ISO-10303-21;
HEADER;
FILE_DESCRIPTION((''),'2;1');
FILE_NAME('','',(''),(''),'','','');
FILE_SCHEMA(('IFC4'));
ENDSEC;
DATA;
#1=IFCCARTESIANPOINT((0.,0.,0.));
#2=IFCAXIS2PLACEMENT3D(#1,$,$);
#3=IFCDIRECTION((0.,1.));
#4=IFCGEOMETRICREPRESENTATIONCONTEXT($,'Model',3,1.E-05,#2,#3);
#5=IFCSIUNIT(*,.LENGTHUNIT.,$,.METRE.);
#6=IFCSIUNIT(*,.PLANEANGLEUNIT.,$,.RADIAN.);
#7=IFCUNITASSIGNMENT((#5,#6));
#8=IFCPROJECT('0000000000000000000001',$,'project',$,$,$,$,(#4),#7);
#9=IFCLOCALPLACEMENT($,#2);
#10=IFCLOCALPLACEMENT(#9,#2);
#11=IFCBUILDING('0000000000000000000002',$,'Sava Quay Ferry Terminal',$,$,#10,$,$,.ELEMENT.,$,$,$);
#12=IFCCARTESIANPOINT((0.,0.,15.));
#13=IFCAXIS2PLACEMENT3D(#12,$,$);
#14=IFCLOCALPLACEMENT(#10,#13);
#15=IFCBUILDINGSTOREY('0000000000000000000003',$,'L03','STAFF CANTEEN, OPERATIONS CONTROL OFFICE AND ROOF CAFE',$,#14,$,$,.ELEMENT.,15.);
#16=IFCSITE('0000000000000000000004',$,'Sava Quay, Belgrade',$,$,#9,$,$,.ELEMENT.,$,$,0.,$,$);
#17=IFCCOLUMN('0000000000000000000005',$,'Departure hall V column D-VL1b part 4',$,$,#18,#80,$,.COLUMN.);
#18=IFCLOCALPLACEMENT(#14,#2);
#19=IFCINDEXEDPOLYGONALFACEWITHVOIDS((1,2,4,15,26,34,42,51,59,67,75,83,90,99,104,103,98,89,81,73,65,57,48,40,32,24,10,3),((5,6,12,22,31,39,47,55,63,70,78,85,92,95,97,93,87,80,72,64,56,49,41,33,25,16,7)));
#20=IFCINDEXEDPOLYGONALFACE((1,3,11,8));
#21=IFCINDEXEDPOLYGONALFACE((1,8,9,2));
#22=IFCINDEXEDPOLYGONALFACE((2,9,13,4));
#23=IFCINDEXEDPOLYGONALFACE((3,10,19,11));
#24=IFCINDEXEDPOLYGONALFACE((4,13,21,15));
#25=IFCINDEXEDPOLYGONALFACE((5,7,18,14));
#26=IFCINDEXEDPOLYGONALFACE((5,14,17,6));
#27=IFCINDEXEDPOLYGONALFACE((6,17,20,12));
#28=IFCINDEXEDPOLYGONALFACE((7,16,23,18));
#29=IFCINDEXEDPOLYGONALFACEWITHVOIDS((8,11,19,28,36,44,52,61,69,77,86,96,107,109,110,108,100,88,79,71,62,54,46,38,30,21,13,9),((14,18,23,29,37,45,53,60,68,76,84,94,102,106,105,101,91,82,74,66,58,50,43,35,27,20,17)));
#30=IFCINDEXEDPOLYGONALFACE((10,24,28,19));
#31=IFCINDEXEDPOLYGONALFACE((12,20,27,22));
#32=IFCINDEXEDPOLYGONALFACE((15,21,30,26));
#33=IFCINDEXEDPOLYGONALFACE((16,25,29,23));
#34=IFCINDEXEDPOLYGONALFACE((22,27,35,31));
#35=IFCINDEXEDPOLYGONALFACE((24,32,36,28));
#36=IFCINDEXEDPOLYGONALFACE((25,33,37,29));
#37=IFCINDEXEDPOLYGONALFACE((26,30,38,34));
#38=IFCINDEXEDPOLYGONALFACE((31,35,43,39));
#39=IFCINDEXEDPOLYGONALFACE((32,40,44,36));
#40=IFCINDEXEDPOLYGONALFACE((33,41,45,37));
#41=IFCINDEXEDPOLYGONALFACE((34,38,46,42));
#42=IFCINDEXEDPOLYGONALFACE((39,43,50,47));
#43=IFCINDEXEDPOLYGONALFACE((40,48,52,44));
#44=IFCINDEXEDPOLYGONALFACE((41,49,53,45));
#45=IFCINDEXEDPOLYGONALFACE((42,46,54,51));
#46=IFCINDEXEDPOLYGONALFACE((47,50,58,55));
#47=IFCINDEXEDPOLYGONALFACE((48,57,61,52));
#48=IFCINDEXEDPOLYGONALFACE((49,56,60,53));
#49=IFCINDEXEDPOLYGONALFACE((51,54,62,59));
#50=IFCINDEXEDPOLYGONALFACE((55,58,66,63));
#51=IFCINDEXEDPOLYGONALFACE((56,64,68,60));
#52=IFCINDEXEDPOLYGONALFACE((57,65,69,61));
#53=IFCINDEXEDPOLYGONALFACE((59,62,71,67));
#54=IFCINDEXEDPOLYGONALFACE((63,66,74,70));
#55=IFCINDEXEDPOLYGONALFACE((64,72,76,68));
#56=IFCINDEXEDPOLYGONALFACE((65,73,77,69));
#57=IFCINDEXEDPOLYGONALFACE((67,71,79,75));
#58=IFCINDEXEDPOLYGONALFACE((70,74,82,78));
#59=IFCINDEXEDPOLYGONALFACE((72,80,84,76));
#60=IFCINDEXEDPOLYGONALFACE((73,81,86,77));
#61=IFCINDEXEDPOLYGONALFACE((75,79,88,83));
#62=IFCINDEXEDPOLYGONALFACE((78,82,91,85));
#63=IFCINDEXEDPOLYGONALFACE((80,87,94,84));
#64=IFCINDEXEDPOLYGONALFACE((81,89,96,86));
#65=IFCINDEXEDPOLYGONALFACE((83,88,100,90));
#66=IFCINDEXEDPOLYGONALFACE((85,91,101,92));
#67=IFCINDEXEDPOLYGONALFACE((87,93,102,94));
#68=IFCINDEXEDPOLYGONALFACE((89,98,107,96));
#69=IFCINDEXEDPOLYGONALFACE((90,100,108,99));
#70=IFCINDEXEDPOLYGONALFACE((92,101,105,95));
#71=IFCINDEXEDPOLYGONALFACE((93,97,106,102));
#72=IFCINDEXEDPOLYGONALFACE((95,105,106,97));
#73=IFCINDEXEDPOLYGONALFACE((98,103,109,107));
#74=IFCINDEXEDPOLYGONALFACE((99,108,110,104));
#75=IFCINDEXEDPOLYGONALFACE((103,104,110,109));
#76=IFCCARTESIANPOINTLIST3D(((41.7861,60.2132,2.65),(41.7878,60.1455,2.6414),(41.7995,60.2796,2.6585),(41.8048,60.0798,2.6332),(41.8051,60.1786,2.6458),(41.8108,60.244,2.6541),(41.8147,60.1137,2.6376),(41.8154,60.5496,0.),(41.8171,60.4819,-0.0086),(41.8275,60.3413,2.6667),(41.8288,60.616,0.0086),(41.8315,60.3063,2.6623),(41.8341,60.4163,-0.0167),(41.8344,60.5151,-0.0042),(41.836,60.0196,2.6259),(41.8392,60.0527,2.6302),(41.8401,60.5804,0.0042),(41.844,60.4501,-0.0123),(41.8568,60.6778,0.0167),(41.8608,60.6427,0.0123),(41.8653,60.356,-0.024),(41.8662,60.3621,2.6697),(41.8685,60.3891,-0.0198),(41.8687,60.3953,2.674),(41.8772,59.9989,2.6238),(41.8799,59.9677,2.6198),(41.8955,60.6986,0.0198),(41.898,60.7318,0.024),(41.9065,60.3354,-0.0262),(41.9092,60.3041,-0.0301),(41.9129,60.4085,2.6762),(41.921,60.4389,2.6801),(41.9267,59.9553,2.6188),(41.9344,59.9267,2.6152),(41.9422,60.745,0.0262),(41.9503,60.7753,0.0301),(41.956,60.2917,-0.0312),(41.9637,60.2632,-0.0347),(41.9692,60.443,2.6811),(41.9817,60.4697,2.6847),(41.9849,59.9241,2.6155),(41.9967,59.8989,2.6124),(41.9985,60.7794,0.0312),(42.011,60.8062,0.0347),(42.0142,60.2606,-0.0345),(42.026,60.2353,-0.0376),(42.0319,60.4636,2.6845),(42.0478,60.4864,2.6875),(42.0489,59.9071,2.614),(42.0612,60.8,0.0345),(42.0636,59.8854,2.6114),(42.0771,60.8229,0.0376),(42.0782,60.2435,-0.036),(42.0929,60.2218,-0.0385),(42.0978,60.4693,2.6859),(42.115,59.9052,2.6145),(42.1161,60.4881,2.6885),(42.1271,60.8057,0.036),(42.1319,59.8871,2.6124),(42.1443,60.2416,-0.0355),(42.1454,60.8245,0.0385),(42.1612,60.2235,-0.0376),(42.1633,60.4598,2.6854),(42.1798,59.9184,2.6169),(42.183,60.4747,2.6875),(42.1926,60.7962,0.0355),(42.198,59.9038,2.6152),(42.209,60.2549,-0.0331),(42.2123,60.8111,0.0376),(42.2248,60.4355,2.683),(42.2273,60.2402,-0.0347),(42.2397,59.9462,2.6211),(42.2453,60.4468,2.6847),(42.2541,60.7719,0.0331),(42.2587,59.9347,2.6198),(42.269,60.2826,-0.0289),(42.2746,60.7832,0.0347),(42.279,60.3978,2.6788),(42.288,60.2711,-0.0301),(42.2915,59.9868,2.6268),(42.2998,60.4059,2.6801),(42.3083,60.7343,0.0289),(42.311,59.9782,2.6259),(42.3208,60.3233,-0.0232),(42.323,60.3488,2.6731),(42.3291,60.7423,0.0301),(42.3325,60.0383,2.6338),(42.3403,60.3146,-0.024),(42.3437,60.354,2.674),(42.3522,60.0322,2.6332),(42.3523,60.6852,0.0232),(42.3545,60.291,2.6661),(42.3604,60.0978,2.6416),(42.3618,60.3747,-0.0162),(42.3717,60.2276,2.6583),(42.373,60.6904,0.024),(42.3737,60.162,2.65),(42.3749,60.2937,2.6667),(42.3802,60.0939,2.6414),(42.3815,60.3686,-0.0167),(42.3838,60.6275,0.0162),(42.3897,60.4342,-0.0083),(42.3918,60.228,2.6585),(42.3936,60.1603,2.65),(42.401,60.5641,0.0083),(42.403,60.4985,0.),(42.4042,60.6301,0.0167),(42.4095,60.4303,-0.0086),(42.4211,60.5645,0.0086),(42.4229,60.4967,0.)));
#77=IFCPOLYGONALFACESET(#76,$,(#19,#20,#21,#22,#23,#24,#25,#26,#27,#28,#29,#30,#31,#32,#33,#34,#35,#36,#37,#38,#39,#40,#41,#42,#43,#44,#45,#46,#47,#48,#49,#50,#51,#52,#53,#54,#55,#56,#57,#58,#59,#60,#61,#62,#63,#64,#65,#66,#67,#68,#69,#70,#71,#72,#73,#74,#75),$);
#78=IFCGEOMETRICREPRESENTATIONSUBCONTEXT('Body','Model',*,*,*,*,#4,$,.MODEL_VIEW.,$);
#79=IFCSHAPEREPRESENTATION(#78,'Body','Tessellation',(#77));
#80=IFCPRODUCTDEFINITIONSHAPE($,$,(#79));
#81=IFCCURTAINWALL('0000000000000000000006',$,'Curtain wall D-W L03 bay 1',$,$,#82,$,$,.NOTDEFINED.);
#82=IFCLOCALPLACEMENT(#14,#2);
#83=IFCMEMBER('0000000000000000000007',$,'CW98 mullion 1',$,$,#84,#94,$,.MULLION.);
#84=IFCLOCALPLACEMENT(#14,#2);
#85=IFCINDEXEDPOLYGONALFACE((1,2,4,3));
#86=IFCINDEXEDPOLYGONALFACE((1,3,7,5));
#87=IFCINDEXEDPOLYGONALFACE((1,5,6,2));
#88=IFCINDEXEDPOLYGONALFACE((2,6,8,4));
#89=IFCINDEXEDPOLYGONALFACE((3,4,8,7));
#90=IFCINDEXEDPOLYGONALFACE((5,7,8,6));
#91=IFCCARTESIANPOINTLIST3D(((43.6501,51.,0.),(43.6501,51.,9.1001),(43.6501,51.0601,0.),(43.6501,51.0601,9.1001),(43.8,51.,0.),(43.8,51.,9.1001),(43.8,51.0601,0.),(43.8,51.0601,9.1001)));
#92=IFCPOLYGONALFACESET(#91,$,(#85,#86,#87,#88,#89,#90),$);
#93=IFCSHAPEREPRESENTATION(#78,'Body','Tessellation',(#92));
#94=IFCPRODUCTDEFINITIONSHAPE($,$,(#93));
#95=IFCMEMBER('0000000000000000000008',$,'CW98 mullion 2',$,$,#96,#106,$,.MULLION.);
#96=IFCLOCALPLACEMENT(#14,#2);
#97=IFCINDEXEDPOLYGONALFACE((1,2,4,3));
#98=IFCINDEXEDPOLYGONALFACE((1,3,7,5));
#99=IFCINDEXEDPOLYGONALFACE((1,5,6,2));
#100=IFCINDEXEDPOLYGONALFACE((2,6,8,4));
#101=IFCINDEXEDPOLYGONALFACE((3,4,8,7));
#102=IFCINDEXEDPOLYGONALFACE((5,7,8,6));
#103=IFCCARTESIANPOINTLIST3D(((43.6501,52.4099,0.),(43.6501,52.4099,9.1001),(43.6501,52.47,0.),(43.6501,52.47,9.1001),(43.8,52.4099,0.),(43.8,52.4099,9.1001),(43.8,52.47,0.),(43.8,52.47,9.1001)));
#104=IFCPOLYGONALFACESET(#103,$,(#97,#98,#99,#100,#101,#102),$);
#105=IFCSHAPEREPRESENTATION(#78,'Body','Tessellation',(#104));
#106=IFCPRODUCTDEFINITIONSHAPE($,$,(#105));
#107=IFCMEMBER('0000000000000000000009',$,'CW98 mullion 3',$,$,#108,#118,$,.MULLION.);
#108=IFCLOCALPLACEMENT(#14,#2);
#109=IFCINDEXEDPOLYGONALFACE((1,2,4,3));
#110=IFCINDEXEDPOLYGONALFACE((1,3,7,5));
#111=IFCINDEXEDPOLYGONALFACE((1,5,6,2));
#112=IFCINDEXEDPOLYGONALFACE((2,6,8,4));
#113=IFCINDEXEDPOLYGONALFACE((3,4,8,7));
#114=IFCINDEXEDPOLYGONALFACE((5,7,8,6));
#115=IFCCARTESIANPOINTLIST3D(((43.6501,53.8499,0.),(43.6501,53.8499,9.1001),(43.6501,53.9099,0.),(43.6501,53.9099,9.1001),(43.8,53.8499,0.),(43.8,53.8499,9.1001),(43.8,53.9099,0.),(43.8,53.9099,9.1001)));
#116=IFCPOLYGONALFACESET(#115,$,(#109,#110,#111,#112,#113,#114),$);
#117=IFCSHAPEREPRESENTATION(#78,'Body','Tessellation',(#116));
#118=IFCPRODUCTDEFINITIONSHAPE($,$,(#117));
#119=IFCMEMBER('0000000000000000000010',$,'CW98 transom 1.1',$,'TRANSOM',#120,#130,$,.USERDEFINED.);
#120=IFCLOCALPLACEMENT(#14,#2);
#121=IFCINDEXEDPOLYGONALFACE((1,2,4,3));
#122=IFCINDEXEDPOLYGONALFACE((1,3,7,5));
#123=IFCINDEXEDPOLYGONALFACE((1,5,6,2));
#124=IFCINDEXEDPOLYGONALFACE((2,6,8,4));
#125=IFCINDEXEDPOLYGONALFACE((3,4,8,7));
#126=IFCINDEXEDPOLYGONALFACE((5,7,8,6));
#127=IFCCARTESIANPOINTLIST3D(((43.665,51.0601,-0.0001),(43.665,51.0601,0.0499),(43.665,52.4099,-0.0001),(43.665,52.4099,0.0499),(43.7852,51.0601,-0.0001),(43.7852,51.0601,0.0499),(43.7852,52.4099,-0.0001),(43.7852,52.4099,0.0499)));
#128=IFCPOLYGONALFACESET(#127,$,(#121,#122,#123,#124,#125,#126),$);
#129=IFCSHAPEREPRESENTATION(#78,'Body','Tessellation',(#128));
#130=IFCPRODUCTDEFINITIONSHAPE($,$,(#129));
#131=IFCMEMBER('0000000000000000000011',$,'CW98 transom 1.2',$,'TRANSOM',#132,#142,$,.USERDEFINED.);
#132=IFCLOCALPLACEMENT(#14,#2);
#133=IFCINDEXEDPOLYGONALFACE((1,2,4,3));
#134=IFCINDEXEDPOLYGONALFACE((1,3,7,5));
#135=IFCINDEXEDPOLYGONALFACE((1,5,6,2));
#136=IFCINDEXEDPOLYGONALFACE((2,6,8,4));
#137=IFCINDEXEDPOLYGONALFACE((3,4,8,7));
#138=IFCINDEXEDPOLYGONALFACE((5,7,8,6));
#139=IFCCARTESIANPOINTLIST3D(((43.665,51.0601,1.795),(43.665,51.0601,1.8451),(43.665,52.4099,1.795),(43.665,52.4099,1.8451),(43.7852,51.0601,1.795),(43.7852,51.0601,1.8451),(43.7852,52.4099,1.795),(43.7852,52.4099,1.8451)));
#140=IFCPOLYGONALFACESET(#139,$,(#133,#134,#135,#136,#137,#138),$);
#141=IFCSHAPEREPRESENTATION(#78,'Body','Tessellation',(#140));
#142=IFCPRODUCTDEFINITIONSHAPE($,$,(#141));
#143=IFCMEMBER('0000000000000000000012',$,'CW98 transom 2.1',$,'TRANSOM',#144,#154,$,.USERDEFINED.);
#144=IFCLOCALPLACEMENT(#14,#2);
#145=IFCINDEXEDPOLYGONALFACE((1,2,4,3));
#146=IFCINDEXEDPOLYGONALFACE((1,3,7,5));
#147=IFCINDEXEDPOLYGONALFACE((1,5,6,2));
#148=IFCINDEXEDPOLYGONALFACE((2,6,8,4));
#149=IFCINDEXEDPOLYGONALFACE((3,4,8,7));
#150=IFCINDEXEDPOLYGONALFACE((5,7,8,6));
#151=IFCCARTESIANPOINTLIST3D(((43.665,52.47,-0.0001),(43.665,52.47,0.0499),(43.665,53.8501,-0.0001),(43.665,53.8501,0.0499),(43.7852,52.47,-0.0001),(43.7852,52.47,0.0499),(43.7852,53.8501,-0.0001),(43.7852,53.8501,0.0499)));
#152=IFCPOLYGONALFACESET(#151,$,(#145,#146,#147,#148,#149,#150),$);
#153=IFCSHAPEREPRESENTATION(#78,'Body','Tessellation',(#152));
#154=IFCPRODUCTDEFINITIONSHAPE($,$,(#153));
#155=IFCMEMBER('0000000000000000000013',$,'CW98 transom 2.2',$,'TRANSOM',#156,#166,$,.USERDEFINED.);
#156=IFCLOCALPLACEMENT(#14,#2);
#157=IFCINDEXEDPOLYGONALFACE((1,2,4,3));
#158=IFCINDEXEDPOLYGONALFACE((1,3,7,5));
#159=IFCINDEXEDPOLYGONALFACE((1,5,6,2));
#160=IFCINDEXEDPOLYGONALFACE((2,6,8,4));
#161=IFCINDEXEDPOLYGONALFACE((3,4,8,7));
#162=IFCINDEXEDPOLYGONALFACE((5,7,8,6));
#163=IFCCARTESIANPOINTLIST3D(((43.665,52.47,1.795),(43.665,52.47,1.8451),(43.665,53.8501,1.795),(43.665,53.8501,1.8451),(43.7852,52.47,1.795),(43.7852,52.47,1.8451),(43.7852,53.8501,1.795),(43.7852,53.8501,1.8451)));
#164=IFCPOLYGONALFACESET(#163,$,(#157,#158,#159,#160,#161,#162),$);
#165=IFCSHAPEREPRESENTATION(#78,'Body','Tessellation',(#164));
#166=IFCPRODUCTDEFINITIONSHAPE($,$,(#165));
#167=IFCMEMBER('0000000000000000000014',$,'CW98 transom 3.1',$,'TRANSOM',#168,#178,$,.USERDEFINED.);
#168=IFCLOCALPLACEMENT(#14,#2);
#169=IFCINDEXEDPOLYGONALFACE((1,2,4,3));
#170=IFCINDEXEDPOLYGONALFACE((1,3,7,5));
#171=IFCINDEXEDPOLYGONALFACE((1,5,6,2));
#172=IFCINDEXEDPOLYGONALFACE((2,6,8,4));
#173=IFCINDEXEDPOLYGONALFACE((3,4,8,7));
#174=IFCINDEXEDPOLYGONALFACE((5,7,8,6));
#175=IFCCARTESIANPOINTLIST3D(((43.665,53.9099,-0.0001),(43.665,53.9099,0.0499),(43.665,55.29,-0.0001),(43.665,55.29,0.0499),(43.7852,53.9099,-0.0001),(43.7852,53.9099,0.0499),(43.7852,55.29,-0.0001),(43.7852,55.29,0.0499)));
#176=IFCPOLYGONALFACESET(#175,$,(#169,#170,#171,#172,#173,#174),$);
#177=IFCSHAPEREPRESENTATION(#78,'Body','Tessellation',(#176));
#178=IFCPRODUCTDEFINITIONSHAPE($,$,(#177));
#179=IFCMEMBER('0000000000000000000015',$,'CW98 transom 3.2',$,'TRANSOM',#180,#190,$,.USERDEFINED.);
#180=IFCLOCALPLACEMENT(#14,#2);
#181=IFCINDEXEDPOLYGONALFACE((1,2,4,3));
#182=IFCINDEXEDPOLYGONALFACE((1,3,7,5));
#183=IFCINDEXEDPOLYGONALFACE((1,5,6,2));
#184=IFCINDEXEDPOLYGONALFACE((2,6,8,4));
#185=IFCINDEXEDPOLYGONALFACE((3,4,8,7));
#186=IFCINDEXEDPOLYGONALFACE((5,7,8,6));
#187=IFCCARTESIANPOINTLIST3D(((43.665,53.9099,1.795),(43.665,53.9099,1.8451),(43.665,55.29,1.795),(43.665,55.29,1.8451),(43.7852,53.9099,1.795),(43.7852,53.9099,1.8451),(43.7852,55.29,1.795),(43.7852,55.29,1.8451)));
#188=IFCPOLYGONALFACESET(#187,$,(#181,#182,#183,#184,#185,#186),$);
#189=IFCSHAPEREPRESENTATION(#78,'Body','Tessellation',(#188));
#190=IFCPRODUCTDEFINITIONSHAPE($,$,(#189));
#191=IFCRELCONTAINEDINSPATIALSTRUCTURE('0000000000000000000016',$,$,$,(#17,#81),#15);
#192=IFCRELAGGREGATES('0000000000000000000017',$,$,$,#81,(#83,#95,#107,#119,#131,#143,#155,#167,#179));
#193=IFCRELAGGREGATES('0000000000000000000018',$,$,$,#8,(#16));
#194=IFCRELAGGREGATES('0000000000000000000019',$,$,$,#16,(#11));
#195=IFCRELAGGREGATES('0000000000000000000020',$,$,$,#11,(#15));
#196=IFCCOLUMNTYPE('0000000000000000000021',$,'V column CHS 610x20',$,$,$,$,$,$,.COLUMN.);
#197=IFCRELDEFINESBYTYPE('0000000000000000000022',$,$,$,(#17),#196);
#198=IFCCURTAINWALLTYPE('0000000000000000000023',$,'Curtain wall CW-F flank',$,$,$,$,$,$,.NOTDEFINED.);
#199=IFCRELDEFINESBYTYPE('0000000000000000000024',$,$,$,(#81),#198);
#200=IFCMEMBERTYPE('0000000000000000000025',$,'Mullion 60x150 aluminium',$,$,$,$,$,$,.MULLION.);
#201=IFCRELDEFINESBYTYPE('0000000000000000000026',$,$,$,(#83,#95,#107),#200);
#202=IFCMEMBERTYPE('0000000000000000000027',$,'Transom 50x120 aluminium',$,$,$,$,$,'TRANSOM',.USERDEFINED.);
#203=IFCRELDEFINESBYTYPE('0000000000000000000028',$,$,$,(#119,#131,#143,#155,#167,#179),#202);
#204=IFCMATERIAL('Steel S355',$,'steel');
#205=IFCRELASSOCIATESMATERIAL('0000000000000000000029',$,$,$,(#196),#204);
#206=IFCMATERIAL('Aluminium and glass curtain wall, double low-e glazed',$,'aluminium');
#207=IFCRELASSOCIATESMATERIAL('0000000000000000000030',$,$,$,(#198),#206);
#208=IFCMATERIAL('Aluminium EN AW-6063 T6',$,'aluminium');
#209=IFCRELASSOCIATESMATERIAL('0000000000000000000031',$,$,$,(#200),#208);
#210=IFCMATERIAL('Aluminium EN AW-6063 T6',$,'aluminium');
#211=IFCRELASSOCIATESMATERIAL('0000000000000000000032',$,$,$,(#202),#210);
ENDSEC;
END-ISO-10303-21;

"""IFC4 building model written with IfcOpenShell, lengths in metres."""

from ifc_helpers import new_model, si_unit, direction, frame, origin, origin_2d, place, context, subcontext, project, spatial, rectangle, hollow_circle, extrude, material, material_profile, profile_set, type_object, element, aggregate, save


model = new_model("IFC4")

# Units and contexts
model_context = context("Model", 3, precision=1e-05, world=origin(), true_north=direction((0.0, 1.0)))
body_context = subcontext(model_context, "Body", "Model", "MODEL_VIEW")
ifc_project = project(units=[si_unit("LENGTHUNIT", "METRE"), si_unit("PLANEANGLEUNIT", "RADIAN")], contexts=[model_context])

# Site, building, storey
site_placement = place(None, origin())
site = spatial("IfcSite", under=ifc_project, at=site_placement, Name="Sava Quay, Belgrade", CompositionType="ELEMENT", RefElevation=0.0)
building_placement = place(site_placement, origin())
building = spatial("IfcBuilding", under=site, at=building_placement, Name="Sava Quay Ferry Terminal", CompositionType="ELEMENT")
storey_placement = place(building_placement, frame((0.0, 0.0, 15.0)))
storey = spatial("IfcBuildingStorey", under=building, at=storey_placement, Name="L03", Description="STAFF CANTEEN, OPERATIONS CONTROL OFFICE AND ROOF CAFE", CompositionType="ELEMENT", Elevation=15.0)

# Column
ifc_material_1 = material(Name="Steel S355", Category="steel")
ifc_material_profile_1 = material_profile(ifc_material_1, hollow_circle(Radius=0.3049, WallThickness=0.02, at=origin_2d()), Name="CHS 610 x 20.0")
ifc_profile_set_1 = profile_set([ifc_material_profile_1], Name="Steel S355")
column_type = type_object("IfcColumnType", Name="V column CHS 610x20", PredefinedType="COLUMN", material=ifc_profile_set_1)
for number, where, z_axis, x_axis, name in (
    (1, (42.1191, 60.5232, 0.0), (-0.010967, -0.125939, 0.991977), (0.99623, -0.086754, 0.0), "Departure hall V column D-VL1b part 4"),
):
    element("IfcColumn", number, at=place(storey_placement, frame(where, z_axis=z_axis, x_axis=x_axis)), inside=storey, type_object=column_type, Name=name, PredefinedType="COLUMN", context=body_context, shape_type="SweptSolid", body=[
        extrude(hollow_circle(Radius=0.3049, WallThickness=0.02, at=origin_2d()), origin(), (0.0, 0.0, 1.0), 2.6714),
    ])

# Curtain wall, members
ifc_material_2 = material(Name="Aluminium and glass curtain wall, double low-e glazed", Category="aluminium")
curtain_wall_type = type_object("IfcCurtainWallType", Name="Curtain wall CW-F flank", PredefinedType="NOTDEFINED", material=ifc_material_2)
curtain_wall_placement = place(storey_placement, origin())
curtain_wall = element("IfcCurtainWall", 2, at=curtain_wall_placement, inside=storey, type_object=curtain_wall_type, Name="Curtain wall D-W L03 bay 1", PredefinedType="NOTDEFINED")
ifc_material_3 = material(Name="Aluminium EN AW-6063 T6", Category="aluminium")
ifc_material_profile_2 = material_profile(ifc_material_3, rectangle(XDim=0.1499, YDim=0.0601, at=origin_2d()), Name="Mullion 60x150 aluminium")
ifc_profile_set_2 = profile_set([ifc_material_profile_2], Name="Aluminium EN AW-6063 T6")
member_type_1 = type_object("IfcMemberType", Name="Mullion 60x150 aluminium", PredefinedType="MULLION", material=ifc_profile_set_2)
member_1_placement = place(storey_placement, frame((43.7251, 51.03, 0.0), z_axis=(0.0, 0.0, 1.0), x_axis=(-1.0, 0.0, 0.0)))
member_1 = element("IfcMember", 3, at=member_1_placement, type_object=member_type_1, Name="CW98 mullion 1", PredefinedType="MULLION", context=body_context, shape_type="SweptSolid", body=[
    extrude(rectangle(XDim=0.1499, YDim=0.0601, at=origin_2d()), origin(), (0.0, 0.0, 1.0), 9.1001),
])
member_2_placement = place(storey_placement, frame((43.7251, 52.4399, 0.0), z_axis=(0.0, 0.0, 1.0), x_axis=(-1.0, 0.0, 0.0)))
member_2 = element("IfcMember", 4, at=member_2_placement, type_object=member_type_1, Name="CW98 mullion 2", PredefinedType="MULLION", context=body_context, shape_type="SweptSolid", body=[
    extrude(rectangle(XDim=0.1499, YDim=0.0601, at=origin_2d()), origin(), (0.0, 0.0, 1.0), 9.1001),
])
member_3_placement = place(storey_placement, frame((43.7251, 53.8799, 0.0), z_axis=(0.0, 0.0, 1.0), x_axis=(-1.0, 0.0, 0.0)))
member_3 = element("IfcMember", 5, at=member_3_placement, type_object=member_type_1, Name="CW98 mullion 3", PredefinedType="MULLION", context=body_context, shape_type="SweptSolid", body=[
    extrude(rectangle(XDim=0.1499, YDim=0.0601, at=origin_2d()), origin(), (0.0, 0.0, 1.0), 9.1001),
])
ifc_material_4 = material(Name="Aluminium EN AW-6063 T6", Category="aluminium")
ifc_material_profile_3 = material_profile(ifc_material_4, rectangle(XDim=0.1201, YDim=0.05, at=origin_2d()), Name="Transom 50x120 aluminium")
ifc_profile_set_3 = profile_set([ifc_material_profile_3], Name="Aluminium EN AW-6063 T6")
member_type_2 = type_object("IfcMemberType", Name="Transom 50x120 aluminium", ElementType="TRANSOM", PredefinedType="USERDEFINED", material=ifc_profile_set_3)
member_4_placement = place(storey_placement, frame((43.7251, 51.0601, 0.0249), z_axis=(0.0, 1.0, 0.0), x_axis=(-1.0, 0.0, 0.0)))
member_4 = element("IfcMember", 6, at=member_4_placement, type_object=member_type_2, Name="CW98 transom 1.1", ObjectType="TRANSOM", PredefinedType="USERDEFINED", context=body_context, shape_type="SweptSolid", body=[
    extrude(rectangle(XDim=0.1201, YDim=0.05, at=origin_2d()), origin(), (0.0, 0.0, 1.0), 1.3499),
])
member_5_placement = place(storey_placement, frame((43.7251, 51.0601, 1.8201), z_axis=(0.0, 1.0, 0.0), x_axis=(-1.0, 0.0, 0.0)))
member_5 = element("IfcMember", 7, at=member_5_placement, type_object=member_type_2, Name="CW98 transom 1.2", ObjectType="TRANSOM", PredefinedType="USERDEFINED", context=body_context, shape_type="SweptSolid", body=[
    extrude(rectangle(XDim=0.1201, YDim=0.05, at=origin_2d()), origin(), (0.0, 0.0, 1.0), 1.3499),
])
member_6_placement = place(storey_placement, frame((43.7251, 52.47, 0.0249), z_axis=(0.0, 1.0, 0.0), x_axis=(-1.0, 0.0, 0.0)))
member_6 = element("IfcMember", 8, at=member_6_placement, type_object=member_type_2, Name="CW98 transom 2.1", ObjectType="TRANSOM", PredefinedType="USERDEFINED", context=body_context, shape_type="SweptSolid", body=[
    extrude(rectangle(XDim=0.1201, YDim=0.05, at=origin_2d()), origin(), (0.0, 0.0, 1.0), 1.3801),
])
member_7_placement = place(storey_placement, frame((43.7251, 52.47, 1.8201), z_axis=(0.0, 1.0, 0.0), x_axis=(-1.0, 0.0, 0.0)))
member_7 = element("IfcMember", 9, at=member_7_placement, type_object=member_type_2, Name="CW98 transom 2.2", ObjectType="TRANSOM", PredefinedType="USERDEFINED", context=body_context, shape_type="SweptSolid", body=[
    extrude(rectangle(XDim=0.1201, YDim=0.05, at=origin_2d()), origin(), (0.0, 0.0, 1.0), 1.3801),
])
member_8_placement = place(storey_placement, frame((43.7251, 53.9099, 0.0249), z_axis=(0.0, 1.0, 0.0), x_axis=(-1.0, 0.0, 0.0)))
member_8 = element("IfcMember", 10, at=member_8_placement, type_object=member_type_2, Name="CW98 transom 3.1", ObjectType="TRANSOM", PredefinedType="USERDEFINED", context=body_context, shape_type="SweptSolid", body=[
    extrude(rectangle(XDim=0.1201, YDim=0.05, at=origin_2d()), origin(), (0.0, 0.0, 1.0), 1.3801),
])
member_9_placement = place(storey_placement, frame((43.7251, 53.9099, 1.8201), z_axis=(0.0, 1.0, 0.0), x_axis=(-1.0, 0.0, 0.0)))
member_9 = element("IfcMember", 11, at=member_9_placement, type_object=member_type_2, Name="CW98 transom 3.2", ObjectType="TRANSOM", PredefinedType="USERDEFINED", context=body_context, shape_type="SweptSolid", body=[
    extrude(rectangle(XDim=0.1201, YDim=0.05, at=origin_2d()), origin(), (0.0, 0.0, 1.0), 1.3801),
])
aggregate(curtain_wall, [member_1, member_2, member_3, member_4, member_5, member_6, member_7, member_8, member_9])

save(model, "model.ifc")
